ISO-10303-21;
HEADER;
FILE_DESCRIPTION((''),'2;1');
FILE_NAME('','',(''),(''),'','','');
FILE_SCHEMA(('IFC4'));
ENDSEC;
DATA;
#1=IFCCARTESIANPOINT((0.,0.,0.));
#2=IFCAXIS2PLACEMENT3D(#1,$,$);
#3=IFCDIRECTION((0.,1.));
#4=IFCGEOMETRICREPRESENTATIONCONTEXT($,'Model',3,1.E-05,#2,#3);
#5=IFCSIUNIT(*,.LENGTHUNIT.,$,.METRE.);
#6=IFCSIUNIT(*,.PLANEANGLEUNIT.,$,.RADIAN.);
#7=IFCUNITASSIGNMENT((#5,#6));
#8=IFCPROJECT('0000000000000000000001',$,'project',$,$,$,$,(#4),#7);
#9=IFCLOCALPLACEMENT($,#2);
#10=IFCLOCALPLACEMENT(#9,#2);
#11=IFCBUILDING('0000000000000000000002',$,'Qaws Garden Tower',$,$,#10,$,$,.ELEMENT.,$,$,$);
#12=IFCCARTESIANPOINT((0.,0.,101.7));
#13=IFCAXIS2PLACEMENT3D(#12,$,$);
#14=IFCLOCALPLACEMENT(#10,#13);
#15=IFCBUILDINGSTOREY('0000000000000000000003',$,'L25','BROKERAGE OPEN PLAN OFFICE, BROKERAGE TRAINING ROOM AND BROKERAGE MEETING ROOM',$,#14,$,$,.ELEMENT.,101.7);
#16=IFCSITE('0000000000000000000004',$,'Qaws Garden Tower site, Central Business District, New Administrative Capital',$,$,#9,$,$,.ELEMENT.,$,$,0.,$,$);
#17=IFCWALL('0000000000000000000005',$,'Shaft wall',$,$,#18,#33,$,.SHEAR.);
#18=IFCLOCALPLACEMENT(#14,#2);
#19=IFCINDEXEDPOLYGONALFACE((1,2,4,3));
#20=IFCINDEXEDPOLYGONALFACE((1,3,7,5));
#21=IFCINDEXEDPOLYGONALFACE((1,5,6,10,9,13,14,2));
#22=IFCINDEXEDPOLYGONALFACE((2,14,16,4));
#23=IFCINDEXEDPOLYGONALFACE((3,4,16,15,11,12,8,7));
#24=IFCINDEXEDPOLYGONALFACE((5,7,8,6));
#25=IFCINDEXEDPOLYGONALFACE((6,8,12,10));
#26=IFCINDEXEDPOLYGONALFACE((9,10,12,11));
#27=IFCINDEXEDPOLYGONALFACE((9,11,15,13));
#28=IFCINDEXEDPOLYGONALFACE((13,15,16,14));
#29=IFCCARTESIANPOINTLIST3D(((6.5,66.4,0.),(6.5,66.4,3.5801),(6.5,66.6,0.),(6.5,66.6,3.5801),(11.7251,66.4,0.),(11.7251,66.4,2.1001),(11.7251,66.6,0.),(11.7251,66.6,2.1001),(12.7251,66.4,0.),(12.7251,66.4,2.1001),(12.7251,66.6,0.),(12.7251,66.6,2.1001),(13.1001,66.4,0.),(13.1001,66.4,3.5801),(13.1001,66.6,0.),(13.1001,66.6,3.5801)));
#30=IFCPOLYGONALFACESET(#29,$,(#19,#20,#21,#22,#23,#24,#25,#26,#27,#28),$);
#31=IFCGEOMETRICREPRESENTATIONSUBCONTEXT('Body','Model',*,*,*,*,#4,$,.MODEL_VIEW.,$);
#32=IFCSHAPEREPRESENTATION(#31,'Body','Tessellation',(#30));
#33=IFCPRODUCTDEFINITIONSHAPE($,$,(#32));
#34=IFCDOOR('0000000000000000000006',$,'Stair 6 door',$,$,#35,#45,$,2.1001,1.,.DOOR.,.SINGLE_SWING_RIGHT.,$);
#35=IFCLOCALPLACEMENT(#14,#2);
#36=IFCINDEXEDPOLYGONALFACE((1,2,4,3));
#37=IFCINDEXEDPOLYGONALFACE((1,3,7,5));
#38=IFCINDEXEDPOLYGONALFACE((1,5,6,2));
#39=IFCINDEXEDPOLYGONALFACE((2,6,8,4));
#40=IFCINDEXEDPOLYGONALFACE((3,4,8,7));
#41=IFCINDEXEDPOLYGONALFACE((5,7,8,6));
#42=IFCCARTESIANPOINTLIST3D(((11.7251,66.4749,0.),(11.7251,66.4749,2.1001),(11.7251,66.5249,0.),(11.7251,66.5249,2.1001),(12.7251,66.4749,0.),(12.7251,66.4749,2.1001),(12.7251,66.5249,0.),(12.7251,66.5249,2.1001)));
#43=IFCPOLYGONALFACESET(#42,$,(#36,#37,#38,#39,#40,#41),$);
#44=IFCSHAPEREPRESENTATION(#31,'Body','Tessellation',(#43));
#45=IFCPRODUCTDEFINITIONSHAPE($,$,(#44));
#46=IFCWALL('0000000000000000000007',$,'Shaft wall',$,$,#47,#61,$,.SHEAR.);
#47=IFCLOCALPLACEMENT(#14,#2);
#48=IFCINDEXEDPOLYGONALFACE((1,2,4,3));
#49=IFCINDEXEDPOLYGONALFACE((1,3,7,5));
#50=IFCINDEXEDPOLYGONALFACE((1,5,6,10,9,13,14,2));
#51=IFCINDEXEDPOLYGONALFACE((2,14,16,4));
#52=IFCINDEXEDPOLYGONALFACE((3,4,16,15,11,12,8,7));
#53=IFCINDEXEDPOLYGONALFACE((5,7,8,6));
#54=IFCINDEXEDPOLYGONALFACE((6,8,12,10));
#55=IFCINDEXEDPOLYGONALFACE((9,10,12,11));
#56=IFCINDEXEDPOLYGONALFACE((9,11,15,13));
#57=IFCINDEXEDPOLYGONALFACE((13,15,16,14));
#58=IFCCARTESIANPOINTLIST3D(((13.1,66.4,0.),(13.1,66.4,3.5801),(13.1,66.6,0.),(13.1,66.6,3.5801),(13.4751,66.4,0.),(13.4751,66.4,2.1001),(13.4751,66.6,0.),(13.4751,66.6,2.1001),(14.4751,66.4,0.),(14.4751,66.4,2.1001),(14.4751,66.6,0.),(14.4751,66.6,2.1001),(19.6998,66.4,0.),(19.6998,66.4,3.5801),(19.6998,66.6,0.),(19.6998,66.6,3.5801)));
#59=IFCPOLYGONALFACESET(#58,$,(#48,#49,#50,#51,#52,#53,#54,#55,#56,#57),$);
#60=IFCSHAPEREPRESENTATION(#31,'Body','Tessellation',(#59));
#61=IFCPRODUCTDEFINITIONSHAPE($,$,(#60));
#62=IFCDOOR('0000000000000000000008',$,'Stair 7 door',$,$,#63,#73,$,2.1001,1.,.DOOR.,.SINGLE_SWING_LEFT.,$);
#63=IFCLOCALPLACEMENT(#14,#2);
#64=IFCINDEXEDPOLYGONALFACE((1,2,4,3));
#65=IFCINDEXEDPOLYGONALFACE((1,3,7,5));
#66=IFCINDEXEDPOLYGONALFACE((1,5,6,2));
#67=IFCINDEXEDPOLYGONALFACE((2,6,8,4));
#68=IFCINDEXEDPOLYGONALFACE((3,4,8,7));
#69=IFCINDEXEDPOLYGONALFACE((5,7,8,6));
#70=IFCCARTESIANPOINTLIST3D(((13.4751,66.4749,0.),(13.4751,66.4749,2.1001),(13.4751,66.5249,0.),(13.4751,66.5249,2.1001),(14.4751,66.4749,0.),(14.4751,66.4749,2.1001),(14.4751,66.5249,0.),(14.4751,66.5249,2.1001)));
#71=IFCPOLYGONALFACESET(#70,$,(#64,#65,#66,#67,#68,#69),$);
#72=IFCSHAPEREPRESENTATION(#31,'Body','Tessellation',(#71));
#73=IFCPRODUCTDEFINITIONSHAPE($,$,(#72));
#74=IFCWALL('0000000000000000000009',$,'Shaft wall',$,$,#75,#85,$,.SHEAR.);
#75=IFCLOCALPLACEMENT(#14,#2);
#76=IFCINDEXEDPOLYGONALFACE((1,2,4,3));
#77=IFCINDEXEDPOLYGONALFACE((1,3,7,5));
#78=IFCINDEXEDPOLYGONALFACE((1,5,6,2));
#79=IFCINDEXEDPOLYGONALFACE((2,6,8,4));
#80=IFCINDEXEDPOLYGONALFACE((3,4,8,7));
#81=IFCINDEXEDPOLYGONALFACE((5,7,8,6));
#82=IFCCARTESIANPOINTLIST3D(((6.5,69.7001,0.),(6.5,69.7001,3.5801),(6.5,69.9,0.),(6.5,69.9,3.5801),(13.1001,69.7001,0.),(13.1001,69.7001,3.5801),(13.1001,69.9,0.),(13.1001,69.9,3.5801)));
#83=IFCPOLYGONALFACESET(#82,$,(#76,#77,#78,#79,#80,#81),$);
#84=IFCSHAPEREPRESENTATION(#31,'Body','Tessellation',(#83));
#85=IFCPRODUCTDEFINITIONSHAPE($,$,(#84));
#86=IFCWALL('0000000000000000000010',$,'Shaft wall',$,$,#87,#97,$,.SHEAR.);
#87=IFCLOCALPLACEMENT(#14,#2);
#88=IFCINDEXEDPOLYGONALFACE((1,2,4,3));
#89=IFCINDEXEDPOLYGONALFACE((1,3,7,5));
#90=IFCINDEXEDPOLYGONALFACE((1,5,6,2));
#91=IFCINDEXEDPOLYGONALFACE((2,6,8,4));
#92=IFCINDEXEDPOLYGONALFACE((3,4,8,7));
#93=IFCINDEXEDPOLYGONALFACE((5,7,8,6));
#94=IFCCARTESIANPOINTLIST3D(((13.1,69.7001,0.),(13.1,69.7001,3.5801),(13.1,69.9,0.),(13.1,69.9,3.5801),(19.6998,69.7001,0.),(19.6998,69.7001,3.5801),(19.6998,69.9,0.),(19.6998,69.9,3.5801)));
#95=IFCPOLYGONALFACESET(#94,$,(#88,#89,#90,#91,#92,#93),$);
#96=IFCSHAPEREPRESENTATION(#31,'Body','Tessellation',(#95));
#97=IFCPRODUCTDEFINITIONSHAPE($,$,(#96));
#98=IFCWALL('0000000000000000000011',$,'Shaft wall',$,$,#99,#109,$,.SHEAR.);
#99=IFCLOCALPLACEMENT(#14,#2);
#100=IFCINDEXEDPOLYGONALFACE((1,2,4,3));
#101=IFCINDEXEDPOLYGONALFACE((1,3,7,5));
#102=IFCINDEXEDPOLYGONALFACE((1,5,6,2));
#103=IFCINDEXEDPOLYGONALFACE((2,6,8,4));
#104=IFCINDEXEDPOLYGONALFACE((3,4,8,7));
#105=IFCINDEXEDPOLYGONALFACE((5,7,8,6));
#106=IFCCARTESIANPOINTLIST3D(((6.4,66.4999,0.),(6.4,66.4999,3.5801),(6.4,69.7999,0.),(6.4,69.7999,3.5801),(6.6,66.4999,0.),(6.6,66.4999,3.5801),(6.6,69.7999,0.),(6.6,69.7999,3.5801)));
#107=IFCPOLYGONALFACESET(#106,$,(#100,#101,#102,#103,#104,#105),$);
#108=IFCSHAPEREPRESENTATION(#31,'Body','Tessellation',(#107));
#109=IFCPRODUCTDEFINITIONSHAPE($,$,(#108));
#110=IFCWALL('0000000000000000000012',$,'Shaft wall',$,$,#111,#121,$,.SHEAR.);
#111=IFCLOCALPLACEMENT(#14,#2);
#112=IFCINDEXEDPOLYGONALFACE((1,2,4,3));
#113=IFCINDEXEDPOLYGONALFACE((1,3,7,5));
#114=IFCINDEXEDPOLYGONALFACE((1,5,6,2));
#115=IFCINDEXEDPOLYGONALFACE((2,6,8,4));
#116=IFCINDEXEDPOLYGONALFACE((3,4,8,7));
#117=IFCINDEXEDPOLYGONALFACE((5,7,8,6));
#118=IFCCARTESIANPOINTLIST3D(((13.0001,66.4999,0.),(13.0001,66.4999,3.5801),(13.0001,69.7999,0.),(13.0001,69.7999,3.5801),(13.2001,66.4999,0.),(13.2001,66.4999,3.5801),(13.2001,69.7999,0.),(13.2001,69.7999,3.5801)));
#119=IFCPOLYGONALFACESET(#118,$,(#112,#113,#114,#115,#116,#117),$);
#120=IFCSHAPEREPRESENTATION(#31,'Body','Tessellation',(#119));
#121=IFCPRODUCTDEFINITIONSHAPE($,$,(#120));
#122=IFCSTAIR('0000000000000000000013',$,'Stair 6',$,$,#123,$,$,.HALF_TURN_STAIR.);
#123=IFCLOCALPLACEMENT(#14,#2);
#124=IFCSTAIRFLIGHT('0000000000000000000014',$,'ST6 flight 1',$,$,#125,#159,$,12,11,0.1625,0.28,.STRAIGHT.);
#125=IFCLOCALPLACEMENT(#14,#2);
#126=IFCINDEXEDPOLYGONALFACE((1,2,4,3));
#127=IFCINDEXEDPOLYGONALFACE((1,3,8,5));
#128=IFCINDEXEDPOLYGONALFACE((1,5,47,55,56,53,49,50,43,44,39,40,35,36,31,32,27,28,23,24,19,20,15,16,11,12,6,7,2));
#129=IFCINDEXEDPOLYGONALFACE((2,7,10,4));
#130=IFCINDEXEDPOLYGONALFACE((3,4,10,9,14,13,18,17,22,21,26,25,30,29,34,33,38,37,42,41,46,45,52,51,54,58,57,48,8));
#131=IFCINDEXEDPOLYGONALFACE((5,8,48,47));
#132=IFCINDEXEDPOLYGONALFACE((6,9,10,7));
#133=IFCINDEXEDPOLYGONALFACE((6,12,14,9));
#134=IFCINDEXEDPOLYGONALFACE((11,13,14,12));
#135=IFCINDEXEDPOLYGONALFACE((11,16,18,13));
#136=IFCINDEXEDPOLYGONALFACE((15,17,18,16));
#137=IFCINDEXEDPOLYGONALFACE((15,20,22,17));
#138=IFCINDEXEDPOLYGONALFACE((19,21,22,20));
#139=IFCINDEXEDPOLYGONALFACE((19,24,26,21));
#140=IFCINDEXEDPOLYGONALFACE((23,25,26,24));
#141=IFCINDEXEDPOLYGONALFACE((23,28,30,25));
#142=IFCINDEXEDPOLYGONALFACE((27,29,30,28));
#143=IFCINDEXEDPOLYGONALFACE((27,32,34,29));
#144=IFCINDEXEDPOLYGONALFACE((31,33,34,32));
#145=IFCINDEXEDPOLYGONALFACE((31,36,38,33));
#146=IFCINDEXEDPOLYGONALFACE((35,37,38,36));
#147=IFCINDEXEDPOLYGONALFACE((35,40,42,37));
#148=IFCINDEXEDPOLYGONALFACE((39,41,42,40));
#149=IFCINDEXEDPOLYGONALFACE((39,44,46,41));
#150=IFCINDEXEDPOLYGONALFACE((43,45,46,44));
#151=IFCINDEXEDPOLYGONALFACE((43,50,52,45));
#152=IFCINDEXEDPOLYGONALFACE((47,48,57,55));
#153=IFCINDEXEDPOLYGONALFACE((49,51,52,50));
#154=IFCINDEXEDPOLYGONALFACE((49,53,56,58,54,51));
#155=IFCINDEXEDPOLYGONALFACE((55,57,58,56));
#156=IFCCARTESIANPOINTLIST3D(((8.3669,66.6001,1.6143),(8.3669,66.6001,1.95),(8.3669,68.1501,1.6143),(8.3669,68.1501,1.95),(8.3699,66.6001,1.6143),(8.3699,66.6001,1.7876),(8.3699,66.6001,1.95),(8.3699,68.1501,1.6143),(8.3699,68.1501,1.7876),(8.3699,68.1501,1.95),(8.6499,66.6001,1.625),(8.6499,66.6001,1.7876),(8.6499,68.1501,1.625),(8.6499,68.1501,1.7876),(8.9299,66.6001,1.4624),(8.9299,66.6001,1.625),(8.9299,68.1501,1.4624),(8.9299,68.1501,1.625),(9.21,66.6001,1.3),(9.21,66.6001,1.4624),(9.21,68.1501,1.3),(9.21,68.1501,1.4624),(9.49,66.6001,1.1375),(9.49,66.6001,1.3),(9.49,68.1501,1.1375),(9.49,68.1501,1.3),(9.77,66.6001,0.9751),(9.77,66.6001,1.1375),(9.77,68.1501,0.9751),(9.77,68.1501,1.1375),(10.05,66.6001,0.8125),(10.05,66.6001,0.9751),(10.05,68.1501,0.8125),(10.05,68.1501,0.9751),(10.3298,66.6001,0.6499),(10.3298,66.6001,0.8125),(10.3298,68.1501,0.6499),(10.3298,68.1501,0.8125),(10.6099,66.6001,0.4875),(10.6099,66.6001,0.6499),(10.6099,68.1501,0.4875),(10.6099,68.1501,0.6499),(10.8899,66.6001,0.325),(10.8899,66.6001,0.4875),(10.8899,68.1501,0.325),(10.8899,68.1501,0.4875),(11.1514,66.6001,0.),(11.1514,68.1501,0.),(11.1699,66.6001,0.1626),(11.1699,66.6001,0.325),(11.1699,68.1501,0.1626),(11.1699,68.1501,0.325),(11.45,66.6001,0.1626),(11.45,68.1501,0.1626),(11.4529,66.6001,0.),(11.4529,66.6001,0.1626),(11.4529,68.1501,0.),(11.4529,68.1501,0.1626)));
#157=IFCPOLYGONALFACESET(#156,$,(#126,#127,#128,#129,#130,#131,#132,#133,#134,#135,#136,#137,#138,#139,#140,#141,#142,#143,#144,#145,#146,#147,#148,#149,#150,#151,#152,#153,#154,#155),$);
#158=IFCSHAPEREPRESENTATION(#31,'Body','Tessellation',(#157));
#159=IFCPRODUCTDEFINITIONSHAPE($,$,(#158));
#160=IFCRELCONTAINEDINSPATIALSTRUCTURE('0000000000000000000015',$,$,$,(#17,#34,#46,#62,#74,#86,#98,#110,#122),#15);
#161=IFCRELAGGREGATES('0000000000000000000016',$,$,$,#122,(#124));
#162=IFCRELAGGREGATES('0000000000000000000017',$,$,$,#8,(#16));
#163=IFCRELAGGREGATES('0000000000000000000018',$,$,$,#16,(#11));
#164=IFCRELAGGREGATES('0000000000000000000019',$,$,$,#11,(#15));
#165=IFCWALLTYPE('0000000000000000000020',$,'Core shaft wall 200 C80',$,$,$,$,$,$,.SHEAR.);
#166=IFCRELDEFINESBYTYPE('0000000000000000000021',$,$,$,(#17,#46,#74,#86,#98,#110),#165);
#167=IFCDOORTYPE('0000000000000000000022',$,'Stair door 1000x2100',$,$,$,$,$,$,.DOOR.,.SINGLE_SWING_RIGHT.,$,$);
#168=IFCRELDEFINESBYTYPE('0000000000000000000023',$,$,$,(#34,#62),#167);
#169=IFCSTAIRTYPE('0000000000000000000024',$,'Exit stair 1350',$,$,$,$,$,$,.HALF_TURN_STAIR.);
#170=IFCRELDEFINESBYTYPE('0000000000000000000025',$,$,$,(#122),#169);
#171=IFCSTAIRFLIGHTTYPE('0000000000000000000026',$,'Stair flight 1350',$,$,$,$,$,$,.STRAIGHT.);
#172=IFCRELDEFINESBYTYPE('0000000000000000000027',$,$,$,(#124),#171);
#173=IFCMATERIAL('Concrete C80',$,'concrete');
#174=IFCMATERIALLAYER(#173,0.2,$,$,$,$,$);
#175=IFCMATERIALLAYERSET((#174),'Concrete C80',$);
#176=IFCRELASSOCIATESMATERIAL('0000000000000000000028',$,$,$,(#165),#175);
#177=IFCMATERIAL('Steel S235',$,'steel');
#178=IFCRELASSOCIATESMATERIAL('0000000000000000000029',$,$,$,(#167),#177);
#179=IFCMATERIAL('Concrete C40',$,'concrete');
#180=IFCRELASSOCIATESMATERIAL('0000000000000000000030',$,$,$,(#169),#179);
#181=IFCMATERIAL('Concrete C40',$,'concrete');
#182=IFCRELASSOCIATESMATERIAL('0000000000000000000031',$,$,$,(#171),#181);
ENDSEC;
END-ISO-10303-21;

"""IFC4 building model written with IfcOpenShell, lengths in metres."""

from ifc_helpers import new_model, si_unit, direction, frame, frame_2d, origin, place, context, subcontext, project, spatial, polyline, rectangle, outline, extrude, material, layer, layer_set, type_object, element, fill, aggregate, save


model = new_model("IFC4")

# Units and contexts
model_context = context("Model", 3, precision=1e-05, world=origin(), true_north=direction((0.0, 1.0)))
body_context = subcontext(model_context, "Body", "Model", "MODEL_VIEW")
ifc_project = project(units=[si_unit("LENGTHUNIT", "METRE"), si_unit("PLANEANGLEUNIT", "RADIAN")], contexts=[model_context])

# Site, building, storey
site_placement = place(None, origin())
site = spatial("IfcSite", under=ifc_project, at=site_placement, Name="Qaws Garden Tower site, Central Business District, New Administrative Capital", CompositionType="ELEMENT", RefElevation=0.0)
building_placement = place(site_placement, origin())
building = spatial("IfcBuilding", under=site, at=building_placement, Name="Qaws Garden Tower", CompositionType="ELEMENT")
storey_placement = place(building_placement, frame((0.0, 0.0, 101.7)))
storey = spatial("IfcBuildingStorey", under=building, at=storey_placement, Name="L25", Description="BROKERAGE OPEN PLAN OFFICE, BROKERAGE TRAINING ROOM AND BROKERAGE MEETING ROOM", CompositionType="ELEMENT", Elevation=101.7)

# Walls, openings, doors
ifc_material_1 = material(Name="Concrete C80", Category="concrete")
ifc_layer_1 = layer(ifc_material_1, 0.2)
ifc_layer_set_1 = layer_set([ifc_layer_1], Name="Concrete C80")
wall_type_1 = type_object("IfcWallType", Name="Core shaft wall 200 C80", PredefinedType="SHEAR", material=ifc_layer_set_1)
wall_1_placement = place(storey_placement, frame((6.5, 66.5, 0.0), z_axis=(0.0, 0.0, 1.0), x_axis=(1.0, 0.0, 0.0)))
wall_1 = element("IfcWall", 1, at=wall_1_placement, inside=storey, type_object=wall_type_1, Name="Shaft wall", PredefinedType="SHEAR", context=body_context, shape_type="SweptSolid", body=[
    extrude(rectangle(XDim=6.6001, YDim=0.2, at=frame_2d((3.3, 0.0))), origin(), (0.0, 0.0, 1.0), 3.5801),
])
opening_1_placement = place(wall_1_placement, frame((5.2251, 0.0, 0.0)))
opening_1 = element("IfcOpeningElement", 2, at=opening_1_placement, cuts=wall_1, PredefinedType="OPENING", context=body_context, shape_type="SweptSolid", body=[
    extrude(rectangle(XDim=1.0, YDim=2.1001, at=frame_2d((0.5, 1.05))), frame((0.0, 0.1099, 0.0), z_axis=(0.0, -1.0, 0.0), x_axis=(1.0, 0.0, 0.0)), (0.0, 0.0, 1.0), 0.22),
])
ifc_material_2 = material(Name="Steel S235", Category="steel")
door_type = type_object("IfcDoorType", Name="Stair door 1000x2100", OperationType="SINGLE_SWING_RIGHT", PredefinedType="DOOR", material=ifc_material_2)
door_1_placement = place(opening_1_placement, origin())
door_1 = element("IfcDoor", 3, at=door_1_placement, inside=storey, type_object=door_type, Name="Stair 6 door", OperationType="SINGLE_SWING_RIGHT", OverallHeight=2.1001, OverallWidth=1.0, PredefinedType="DOOR", context=body_context, shape_type="SweptSolid", body=[
    extrude(rectangle(XDim=1.0, YDim=2.1001, at=frame_2d((0.5, 1.05))), frame((0.0, 0.0249, 0.0), z_axis=(0.0, -1.0, 0.0), x_axis=(1.0, 0.0, 0.0)), (0.0, 0.0, 1.0), 0.05),
])
fill(opening_1, door_1)
wall_2_placement = place(storey_placement, frame((13.1001, 66.5, 0.0), z_axis=(0.0, 0.0, 1.0), x_axis=(1.0, 0.0, 0.0)))
wall_2 = element("IfcWall", 4, at=wall_2_placement, inside=storey, type_object=wall_type_1, Name="Shaft wall", PredefinedType="SHEAR", context=body_context, shape_type="SweptSolid", body=[
    extrude(rectangle(XDim=6.5999, YDim=0.2, at=frame_2d((3.2998, 0.0))), origin(), (0.0, 0.0, 1.0), 3.5801),
])
opening_2_placement = place(wall_2_placement, frame((0.375, 0.0, 0.0)))
opening_2 = element("IfcOpeningElement", 5, at=opening_2_placement, cuts=wall_2, PredefinedType="OPENING", context=body_context, shape_type="SweptSolid", body=[
    extrude(rectangle(XDim=1.0, YDim=2.1001, at=frame_2d((0.5, 1.05))), frame((0.0, 0.1099, 0.0), z_axis=(0.0, -1.0, 0.0), x_axis=(1.0, 0.0, 0.0)), (0.0, 0.0, 1.0), 0.22),
])
door_2_placement = place(opening_2_placement, origin())
door_2 = element("IfcDoor", 6, at=door_2_placement, inside=storey, type_object=door_type, Name="Stair 7 door", OperationType="SINGLE_SWING_LEFT", OverallHeight=2.1001, OverallWidth=1.0, PredefinedType="DOOR", context=body_context, shape_type="SweptSolid", body=[
    extrude(rectangle(XDim=1.0, YDim=2.1001, at=frame_2d((0.5, 1.05))), frame((0.0, 0.0249, 0.0), z_axis=(0.0, -1.0, 0.0), x_axis=(1.0, 0.0, 0.0)), (0.0, 0.0, 1.0), 0.05),
])
fill(opening_2, door_2)

# Walls
wall_3_placement = place(storey_placement, frame((6.5, 69.8, 0.0), z_axis=(0.0, 0.0, 1.0), x_axis=(1.0, 0.0, 0.0)))
element("IfcWall", 7, at=wall_3_placement, inside=storey, type_object=wall_type_1, Name="Shaft wall", PredefinedType="SHEAR", context=body_context, shape_type="SweptSolid", body=[
    extrude(rectangle(XDim=6.6001, YDim=0.2, at=frame_2d((3.3, 0.0))), origin(), (0.0, 0.0, 1.0), 3.5801),
])
wall_4_placement = place(storey_placement, frame((13.1001, 69.8, 0.0), z_axis=(0.0, 0.0, 1.0), x_axis=(1.0, 0.0, 0.0)))
element("IfcWall", 8, at=wall_4_placement, inside=storey, type_object=wall_type_1, Name="Shaft wall", PredefinedType="SHEAR", context=body_context, shape_type="SweptSolid", body=[
    extrude(rectangle(XDim=6.5999, YDim=0.2, at=frame_2d((3.2998, 0.0))), origin(), (0.0, 0.0, 1.0), 3.5801),
])
for number, where, z_axis, x_axis, name in (
    (9, (6.5, 66.5, 0.0), (0.0, 0.0, 1.0), (0.0, 1.0, 0.0), "Shaft wall"),
    (10, (13.1001, 66.5, 0.0), (0.0, 0.0, 1.0), (0.0, 1.0, 0.0), "Shaft wall"),
):
    element("IfcWall", number, at=place(storey_placement, frame(where, z_axis=z_axis, x_axis=x_axis)), inside=storey, type_object=wall_type_1, Name=name, PredefinedType="SHEAR", context=body_context, shape_type="SweptSolid", body=[
        extrude(rectangle(XDim=3.3, YDim=0.2, at=frame_2d((1.6499, 0.0))), origin(), (0.0, 0.0, 1.0), 3.5801),
    ])

# Stair, stair flight
ifc_material_3 = material(Name="Concrete C40", Category="concrete")
stair_type = type_object("IfcStairType", Name="Exit stair 1350", PredefinedType="HALF_TURN_STAIR", material=ifc_material_3)
placement = place(storey_placement, origin())
stair_1 = element("IfcStair", 11, at=placement, inside=storey, type_object=stair_type, Name="Stair 6", PredefinedType="HALF_TURN_STAIR")
ifc_material_4 = material(Name="Concrete C40", Category="concrete")
stair_flight_type = type_object("IfcStairFlightType", Name="Stair flight 1350", PredefinedType="STRAIGHT", material=ifc_material_4)
stair_flight_1_placement = place(storey_placement, frame((11.45, 67.375, 0.0), z_axis=(0.0, 0.0, 1.0), x_axis=(-1.0, 0.0, 0.0)))
stair_flight_1 = element("IfcStairFlight", 12, at=stair_flight_1_placement, type_object=stair_flight_type, Name="ST6 flight 1", NumberOfRisers=12, NumberOfTreads=11, PredefinedType="STRAIGHT", RiserHeight=0.1625, TreadLength=0.28, context=body_context, shape_type="SweptSolid", body=[
    extrude(outline(polyline([(-0.0029, 0.0), (-0.0029, 0.1626), (0.0, 0.1626), (0.28, 0.1626), (0.28, 0.325), (0.5601, 0.325), (0.5601, 0.4875), (0.8401, 0.4875), (0.8401, 0.6499), (1.1201, 0.6499), (1.1201, 0.8125), (1.3999, 0.8125), (1.3999, 0.9751), (1.6799, 0.9751), (1.6799, 1.1375), (1.96, 1.1375), (1.96, 1.3), (2.24, 1.3), (2.24, 1.4624), (2.52, 1.4624), (2.52, 1.625), (2.8, 1.625), (2.8, 1.7876), (3.0801, 1.7876), (3.0801, 1.95), (3.083, 1.95), (3.083, 1.6143), (3.0801, 1.6143), (0.2986, 0.0), (-0.0029, 0.0)])), frame((0.0, 0.7749, 0.0), z_axis=(0.0, -1.0, 0.0), x_axis=(1.0, 0.0, 0.0)), (0.0, 0.0, 1.0), 1.55),
])
aggregate(stair_1, [stair_flight_1])

save(model, "model.ifc")
